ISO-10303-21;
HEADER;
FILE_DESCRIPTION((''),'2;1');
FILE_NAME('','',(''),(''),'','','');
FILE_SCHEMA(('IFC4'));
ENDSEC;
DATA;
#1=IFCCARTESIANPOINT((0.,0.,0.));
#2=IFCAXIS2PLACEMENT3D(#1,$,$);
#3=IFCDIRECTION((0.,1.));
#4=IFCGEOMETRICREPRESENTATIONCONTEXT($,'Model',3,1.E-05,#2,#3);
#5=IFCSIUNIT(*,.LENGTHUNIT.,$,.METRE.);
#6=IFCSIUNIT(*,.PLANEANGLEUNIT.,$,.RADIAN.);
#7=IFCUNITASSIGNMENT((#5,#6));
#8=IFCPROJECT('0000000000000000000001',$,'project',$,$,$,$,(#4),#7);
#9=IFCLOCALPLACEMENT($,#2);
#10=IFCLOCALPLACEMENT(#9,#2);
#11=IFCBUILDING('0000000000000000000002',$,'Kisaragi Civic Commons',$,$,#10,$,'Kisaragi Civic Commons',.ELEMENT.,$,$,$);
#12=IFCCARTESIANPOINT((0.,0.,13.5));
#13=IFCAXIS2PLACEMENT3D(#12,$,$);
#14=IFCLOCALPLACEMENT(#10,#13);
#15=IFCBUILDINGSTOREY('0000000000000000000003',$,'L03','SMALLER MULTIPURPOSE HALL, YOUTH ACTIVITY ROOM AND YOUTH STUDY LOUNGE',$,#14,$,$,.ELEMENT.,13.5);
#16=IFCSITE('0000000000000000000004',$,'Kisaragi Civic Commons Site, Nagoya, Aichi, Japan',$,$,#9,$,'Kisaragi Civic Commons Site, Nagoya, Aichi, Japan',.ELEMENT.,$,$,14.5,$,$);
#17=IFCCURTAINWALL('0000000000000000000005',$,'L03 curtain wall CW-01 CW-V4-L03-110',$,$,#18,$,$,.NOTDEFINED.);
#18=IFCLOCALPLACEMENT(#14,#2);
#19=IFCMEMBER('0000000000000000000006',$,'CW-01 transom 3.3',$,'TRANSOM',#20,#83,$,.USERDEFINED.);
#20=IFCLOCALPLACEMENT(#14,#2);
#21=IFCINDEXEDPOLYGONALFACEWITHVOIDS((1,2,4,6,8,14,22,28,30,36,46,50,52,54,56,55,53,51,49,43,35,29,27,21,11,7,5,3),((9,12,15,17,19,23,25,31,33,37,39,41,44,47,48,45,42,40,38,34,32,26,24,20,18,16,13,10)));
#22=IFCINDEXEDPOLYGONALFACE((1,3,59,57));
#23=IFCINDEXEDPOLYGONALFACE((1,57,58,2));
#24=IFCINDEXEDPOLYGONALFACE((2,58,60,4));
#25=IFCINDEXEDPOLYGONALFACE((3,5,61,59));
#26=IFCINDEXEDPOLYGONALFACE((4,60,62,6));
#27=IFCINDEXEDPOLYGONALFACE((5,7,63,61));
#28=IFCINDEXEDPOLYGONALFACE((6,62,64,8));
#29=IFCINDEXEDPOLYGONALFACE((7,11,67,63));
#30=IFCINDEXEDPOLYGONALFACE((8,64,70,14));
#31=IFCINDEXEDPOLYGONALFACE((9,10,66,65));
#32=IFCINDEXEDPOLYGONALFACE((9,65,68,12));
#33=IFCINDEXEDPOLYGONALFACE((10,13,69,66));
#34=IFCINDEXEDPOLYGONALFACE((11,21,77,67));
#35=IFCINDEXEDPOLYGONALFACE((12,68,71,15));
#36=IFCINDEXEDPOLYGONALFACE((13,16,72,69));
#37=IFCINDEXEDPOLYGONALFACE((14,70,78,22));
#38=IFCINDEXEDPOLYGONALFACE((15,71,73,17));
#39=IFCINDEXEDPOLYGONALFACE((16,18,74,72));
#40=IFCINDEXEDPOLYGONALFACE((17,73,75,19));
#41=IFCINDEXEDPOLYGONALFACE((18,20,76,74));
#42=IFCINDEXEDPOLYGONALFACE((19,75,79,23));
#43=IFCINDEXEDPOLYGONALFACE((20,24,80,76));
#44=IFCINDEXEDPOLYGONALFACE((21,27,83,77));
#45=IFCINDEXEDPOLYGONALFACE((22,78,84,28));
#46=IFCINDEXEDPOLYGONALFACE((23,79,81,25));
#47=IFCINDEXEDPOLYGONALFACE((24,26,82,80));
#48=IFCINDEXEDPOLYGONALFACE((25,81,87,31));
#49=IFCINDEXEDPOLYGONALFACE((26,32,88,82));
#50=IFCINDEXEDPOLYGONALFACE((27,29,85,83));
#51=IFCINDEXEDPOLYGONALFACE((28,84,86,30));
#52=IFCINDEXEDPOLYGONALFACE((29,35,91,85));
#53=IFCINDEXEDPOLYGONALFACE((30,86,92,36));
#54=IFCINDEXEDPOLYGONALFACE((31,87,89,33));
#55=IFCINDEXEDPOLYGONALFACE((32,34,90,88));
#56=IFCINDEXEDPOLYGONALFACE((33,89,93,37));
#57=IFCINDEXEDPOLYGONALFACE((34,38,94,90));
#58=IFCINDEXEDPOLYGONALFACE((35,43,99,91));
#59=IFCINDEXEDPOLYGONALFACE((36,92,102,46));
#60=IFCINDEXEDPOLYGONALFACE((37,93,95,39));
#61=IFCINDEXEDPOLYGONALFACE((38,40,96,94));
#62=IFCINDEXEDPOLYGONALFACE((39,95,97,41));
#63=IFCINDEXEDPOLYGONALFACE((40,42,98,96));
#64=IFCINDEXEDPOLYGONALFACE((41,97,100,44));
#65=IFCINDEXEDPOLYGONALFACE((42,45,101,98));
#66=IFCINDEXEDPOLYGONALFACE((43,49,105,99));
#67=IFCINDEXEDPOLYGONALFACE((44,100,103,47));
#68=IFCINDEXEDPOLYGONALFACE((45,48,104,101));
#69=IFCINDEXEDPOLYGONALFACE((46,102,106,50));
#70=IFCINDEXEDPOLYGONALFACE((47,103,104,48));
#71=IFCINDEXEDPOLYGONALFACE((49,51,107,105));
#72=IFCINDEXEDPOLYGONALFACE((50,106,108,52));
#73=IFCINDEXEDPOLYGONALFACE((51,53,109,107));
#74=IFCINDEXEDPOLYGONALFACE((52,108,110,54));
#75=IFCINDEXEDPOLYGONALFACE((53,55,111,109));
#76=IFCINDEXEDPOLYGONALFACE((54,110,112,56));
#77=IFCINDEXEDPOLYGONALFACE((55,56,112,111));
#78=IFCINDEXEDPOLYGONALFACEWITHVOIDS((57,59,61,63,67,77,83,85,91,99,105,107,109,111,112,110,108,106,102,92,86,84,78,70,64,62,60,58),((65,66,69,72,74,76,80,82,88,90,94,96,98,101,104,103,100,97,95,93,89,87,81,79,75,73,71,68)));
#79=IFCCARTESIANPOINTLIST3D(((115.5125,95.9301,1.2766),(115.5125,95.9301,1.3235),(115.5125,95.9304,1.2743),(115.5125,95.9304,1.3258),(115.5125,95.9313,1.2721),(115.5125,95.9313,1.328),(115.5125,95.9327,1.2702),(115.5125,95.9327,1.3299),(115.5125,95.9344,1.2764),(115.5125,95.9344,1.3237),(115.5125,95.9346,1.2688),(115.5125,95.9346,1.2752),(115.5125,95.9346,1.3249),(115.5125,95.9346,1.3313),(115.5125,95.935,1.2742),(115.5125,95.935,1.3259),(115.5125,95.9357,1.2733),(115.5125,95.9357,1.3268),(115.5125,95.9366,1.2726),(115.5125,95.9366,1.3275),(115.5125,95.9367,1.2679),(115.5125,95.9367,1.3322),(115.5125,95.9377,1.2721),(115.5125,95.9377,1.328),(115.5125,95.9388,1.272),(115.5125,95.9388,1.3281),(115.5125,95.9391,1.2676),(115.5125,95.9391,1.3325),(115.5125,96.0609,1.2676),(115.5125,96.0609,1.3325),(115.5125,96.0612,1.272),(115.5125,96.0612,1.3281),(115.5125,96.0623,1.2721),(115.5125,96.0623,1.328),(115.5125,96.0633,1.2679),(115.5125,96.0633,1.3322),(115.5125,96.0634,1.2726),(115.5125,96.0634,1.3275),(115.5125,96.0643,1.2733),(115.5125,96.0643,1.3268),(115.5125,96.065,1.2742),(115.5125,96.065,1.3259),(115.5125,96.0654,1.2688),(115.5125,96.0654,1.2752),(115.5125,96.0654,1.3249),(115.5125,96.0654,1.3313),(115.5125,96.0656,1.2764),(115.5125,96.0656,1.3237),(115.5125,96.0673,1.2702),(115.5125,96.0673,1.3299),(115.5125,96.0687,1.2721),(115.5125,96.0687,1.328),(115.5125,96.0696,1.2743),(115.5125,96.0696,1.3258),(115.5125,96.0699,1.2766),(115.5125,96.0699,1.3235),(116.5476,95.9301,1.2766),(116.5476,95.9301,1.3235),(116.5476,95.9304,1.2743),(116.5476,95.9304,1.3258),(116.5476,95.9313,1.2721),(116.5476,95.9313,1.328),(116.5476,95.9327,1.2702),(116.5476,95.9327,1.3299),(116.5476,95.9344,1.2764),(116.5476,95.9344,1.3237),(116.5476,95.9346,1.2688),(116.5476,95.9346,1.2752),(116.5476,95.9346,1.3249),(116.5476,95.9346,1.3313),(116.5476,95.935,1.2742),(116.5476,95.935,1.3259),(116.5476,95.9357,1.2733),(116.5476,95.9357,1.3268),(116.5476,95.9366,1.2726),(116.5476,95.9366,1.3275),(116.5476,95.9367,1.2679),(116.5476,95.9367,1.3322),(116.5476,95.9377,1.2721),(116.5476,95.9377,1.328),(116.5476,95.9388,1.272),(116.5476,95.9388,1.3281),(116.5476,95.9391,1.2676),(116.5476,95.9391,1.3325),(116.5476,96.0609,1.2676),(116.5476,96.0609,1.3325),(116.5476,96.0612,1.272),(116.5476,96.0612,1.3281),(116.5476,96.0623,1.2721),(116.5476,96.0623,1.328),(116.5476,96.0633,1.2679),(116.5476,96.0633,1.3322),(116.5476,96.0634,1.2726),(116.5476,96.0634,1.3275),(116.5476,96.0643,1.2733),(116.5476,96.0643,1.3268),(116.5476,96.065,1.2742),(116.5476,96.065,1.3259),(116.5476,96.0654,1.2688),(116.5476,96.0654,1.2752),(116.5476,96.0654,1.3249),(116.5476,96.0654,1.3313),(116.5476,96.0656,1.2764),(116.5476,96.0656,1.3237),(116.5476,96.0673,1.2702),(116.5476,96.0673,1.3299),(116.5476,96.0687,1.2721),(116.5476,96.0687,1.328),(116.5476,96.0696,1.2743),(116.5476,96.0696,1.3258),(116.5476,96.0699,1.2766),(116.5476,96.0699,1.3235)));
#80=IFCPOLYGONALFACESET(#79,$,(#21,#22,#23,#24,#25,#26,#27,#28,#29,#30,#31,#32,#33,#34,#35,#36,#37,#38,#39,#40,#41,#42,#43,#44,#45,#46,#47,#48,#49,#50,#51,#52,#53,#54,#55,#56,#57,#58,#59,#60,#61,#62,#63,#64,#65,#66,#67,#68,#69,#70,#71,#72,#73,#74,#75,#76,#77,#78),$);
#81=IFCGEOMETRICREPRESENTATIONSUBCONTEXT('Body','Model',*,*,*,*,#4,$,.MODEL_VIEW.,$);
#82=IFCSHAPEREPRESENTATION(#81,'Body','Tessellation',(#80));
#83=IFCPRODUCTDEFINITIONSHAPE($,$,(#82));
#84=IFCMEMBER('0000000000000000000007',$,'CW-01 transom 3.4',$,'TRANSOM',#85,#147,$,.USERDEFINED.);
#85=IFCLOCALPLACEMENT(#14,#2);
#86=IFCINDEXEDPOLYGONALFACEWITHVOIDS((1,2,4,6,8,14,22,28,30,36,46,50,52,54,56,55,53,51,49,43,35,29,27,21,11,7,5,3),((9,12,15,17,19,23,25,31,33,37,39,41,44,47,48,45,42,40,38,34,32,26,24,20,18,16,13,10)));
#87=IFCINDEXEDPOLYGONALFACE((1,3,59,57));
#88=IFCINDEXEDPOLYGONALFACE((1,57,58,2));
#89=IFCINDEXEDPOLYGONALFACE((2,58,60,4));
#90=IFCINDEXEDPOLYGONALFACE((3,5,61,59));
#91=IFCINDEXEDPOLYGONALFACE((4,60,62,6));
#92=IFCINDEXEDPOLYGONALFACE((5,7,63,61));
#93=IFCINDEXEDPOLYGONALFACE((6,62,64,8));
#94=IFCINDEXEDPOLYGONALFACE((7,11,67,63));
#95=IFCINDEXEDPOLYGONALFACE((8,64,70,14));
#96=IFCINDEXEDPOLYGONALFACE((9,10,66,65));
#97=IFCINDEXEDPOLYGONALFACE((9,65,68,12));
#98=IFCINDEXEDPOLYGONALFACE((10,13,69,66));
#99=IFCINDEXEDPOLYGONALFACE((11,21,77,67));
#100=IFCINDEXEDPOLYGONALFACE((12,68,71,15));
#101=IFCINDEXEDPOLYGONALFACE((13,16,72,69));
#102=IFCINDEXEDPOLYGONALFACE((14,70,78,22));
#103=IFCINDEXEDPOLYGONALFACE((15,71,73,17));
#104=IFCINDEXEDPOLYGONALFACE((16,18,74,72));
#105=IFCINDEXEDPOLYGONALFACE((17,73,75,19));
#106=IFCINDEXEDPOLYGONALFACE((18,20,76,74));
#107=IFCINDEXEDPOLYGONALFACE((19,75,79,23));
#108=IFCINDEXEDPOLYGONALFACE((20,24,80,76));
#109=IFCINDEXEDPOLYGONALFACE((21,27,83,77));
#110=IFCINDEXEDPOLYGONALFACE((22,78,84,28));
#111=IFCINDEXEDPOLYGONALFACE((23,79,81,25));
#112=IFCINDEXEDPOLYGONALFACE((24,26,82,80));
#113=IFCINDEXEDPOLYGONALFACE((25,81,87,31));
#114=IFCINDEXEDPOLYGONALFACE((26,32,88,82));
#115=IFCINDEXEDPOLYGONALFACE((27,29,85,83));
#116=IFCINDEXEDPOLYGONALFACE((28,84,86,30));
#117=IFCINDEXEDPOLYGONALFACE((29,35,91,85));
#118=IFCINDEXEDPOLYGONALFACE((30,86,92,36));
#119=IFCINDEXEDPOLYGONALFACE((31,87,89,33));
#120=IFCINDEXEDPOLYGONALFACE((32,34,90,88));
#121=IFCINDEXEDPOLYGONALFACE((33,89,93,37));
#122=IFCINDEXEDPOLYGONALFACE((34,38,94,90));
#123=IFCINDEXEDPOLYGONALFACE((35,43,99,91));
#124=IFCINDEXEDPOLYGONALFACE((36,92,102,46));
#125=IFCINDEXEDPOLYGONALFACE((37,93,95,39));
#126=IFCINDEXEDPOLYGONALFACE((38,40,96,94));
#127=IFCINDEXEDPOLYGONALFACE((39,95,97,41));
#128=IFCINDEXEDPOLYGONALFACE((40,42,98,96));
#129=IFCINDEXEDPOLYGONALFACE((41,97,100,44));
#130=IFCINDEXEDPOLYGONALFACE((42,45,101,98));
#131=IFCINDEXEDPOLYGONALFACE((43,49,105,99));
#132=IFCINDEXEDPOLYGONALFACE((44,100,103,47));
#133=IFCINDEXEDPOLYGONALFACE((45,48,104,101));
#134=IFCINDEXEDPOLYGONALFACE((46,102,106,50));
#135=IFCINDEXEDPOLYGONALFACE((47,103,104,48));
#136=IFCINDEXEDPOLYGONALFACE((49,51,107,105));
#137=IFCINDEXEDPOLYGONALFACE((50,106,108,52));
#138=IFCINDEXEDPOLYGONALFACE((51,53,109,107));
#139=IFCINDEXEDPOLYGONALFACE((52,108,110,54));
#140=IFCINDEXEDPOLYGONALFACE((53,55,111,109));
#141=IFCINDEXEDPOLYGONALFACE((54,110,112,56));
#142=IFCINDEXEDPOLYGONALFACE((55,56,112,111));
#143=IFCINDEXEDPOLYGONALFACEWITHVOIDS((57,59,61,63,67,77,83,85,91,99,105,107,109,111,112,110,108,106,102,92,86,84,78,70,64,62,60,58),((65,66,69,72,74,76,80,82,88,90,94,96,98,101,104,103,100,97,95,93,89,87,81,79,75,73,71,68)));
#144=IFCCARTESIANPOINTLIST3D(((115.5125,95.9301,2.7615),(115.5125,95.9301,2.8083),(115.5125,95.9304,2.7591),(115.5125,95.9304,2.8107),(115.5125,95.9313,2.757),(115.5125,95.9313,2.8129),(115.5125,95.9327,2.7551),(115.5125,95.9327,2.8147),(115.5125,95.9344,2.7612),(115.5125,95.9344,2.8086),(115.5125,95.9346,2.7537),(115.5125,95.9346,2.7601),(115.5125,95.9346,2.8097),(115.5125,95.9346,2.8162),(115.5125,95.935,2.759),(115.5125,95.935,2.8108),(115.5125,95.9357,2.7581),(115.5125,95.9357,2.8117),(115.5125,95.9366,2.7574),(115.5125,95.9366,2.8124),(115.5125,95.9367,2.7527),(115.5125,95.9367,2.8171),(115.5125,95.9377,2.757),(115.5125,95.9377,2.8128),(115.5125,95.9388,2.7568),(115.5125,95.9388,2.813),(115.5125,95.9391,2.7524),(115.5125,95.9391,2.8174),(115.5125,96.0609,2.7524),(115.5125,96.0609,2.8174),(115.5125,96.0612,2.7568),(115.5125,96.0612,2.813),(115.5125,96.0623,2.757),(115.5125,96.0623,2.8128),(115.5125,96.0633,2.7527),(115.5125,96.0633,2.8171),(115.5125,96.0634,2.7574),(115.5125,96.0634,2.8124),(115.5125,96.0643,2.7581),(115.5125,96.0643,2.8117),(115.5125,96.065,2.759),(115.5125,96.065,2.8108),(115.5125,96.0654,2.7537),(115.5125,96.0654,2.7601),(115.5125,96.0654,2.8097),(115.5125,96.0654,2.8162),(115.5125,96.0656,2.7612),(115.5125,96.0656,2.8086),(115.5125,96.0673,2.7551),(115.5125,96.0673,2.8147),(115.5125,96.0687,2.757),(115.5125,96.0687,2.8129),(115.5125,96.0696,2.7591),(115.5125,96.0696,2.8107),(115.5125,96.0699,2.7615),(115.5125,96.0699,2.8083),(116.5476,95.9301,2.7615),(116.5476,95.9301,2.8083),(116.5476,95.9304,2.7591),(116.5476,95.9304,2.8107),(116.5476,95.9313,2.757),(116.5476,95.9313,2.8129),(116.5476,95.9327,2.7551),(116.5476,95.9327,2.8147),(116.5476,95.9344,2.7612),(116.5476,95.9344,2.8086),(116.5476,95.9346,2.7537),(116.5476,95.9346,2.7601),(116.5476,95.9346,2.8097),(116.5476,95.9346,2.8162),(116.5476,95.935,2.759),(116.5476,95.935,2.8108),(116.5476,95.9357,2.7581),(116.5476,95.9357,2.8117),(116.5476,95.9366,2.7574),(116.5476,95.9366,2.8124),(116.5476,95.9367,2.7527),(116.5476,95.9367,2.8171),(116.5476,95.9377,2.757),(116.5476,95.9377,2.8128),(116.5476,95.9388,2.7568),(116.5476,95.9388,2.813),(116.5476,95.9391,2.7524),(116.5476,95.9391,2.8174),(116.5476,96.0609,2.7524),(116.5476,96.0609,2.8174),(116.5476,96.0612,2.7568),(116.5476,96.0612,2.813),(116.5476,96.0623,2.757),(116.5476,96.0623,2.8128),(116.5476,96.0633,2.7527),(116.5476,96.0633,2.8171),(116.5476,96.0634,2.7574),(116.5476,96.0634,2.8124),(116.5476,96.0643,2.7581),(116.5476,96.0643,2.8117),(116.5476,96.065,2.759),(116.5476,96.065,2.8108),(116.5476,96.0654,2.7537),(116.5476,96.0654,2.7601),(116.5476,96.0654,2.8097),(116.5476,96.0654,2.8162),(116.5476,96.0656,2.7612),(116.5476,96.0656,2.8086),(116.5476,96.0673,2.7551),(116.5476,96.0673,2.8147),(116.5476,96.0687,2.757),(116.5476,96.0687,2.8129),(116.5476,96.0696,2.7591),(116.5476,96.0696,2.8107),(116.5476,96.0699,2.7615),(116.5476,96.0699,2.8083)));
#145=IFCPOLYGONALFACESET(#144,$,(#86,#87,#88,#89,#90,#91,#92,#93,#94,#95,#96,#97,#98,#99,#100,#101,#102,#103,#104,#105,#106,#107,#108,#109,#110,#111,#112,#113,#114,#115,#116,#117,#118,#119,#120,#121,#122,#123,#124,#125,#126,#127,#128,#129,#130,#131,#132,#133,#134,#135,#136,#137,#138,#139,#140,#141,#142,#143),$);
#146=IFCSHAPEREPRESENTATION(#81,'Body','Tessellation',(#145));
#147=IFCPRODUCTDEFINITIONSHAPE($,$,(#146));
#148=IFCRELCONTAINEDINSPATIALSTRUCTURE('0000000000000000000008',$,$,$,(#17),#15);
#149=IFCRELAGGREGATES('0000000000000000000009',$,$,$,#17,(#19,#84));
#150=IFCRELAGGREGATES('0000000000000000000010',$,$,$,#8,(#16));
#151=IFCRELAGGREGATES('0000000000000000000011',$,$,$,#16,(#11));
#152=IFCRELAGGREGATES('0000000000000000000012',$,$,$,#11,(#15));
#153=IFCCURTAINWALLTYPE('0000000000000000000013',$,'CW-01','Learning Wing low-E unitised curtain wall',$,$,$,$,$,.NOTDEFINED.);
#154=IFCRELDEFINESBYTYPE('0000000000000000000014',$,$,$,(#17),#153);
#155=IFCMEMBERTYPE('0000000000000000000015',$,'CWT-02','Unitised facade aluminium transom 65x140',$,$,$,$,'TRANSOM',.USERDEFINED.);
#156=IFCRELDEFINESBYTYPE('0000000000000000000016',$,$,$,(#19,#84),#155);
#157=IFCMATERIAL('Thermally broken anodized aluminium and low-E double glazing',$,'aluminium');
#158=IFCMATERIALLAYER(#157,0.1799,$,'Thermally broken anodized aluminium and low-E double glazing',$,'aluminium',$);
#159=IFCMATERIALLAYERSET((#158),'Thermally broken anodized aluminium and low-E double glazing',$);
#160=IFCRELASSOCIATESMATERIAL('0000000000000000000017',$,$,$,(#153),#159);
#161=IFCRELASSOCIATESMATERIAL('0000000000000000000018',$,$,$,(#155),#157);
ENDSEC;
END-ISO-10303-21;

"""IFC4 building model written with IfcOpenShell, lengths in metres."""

from ifc_helpers import new_model, si_unit, direction, frame, origin, origin_2d, place, context, subcontext, project, spatial, hollow_rectangle, extrude, material, layer, layer_set, material_profile, profile_set, type_object, element, aggregate, save


model = new_model("IFC4")

# Units and contexts
model_context = context("Model", 3, precision=1e-05, world=origin(), true_north=direction((0.0, 1.0)))
body_context = subcontext(model_context, "Body", "Model", "MODEL_VIEW")
ifc_project = project(units=[si_unit("LENGTHUNIT", "METRE"), si_unit("PLANEANGLEUNIT", "RADIAN")], contexts=[model_context])

# Site, building, storey
site_placement = place(None, origin())
site = spatial("IfcSite", under=ifc_project, at=site_placement, Name="Kisaragi Civic Commons Site, Nagoya, Aichi, Japan", LongName="Kisaragi Civic Commons Site, Nagoya, Aichi, Japan", CompositionType="ELEMENT", RefElevation=14.5)
building_placement = place(site_placement, origin())
building = spatial("IfcBuilding", under=site, at=building_placement, Name="Kisaragi Civic Commons", LongName="Kisaragi Civic Commons", CompositionType="ELEMENT")
storey_placement = place(building_placement, frame((0.0, 0.0, 13.5)))
storey = spatial("IfcBuildingStorey", under=building, at=storey_placement, Name="L03", Description="SMALLER MULTIPURPOSE HALL, YOUTH ACTIVITY ROOM AND YOUTH STUDY LOUNGE", CompositionType="ELEMENT", Elevation=13.5)

# Curtain wall, members
ifc_material_1 = material(Name="Thermally broken anodized aluminium and low-E double glazing", Category="aluminium")
ifc_layer_1 = layer(ifc_material_1, 0.1799, Name="Thermally broken anodized aluminium and low-E double glazing", Category="aluminium")
ifc_layer_set_1 = layer_set([ifc_layer_1], Name="Thermally broken anodized aluminium and low-E double glazing")
curtain_wall_type = type_object("IfcCurtainWallType", Name="CW-01", Description="Learning Wing low-E unitised curtain wall", PredefinedType="NOTDEFINED", material=ifc_layer_set_1)
curtain_wall_placement = place(storey_placement, origin())
curtain_wall = element("IfcCurtainWall", 1, at=curtain_wall_placement, inside=storey, type_object=curtain_wall_type, Name="L03 curtain wall CW-01 CW-V4-L03-110", PredefinedType="NOTDEFINED")
ifc_material_profile_1 = material_profile(ifc_material_1, hollow_rectangle(XDim=0.1399, YDim=0.0649, WallThickness=0.0044, InnerFilletRadius=0.0044, OuterFilletRadius=0.009, at=origin_2d()), Name="CWT-65x140x4.5", Category="aluminium")
ifc_profile_set_1 = profile_set([ifc_material_profile_1], Name="Thermally broken anodized aluminium and low-E double glazing")
member_type_1 = type_object("IfcMemberType", Name="CWT-02", Description="Unitised facade aluminium transom 65x140", ElementType="TRANSOM", PredefinedType="USERDEFINED", material=ifc_profile_set_1)
member_1_placement = place(storey_placement, frame((116.5476, 96.0, 1.3), z_axis=(-1.0, 0.0, 0.0), x_axis=(0.0, -1.0, 0.0)))
member_1 = element("IfcMember", 2, at=member_1_placement, type_object=member_type_1, Name="CW-01 transom 3.3", ObjectType="TRANSOM", PredefinedType="USERDEFINED", context=body_context, shape_type="SweptSolid", body=[
    extrude(hollow_rectangle(XDim=0.1399, YDim=0.0649, WallThickness=0.0044, InnerFilletRadius=0.0044, OuterFilletRadius=0.009, at=origin_2d()), origin(), (0.0, 0.0, 1.0), 1.0352),
])
member_2_placement = place(storey_placement, frame((116.5476, 96.0, 2.7849), z_axis=(-1.0, 0.0, 0.0), x_axis=(0.0, -1.0, 0.0)))
member_2 = element("IfcMember", 3, at=member_2_placement, type_object=member_type_1, Name="CW-01 transom 3.4", ObjectType="TRANSOM", PredefinedType="USERDEFINED", context=body_context, shape_type="SweptSolid", body=[
    extrude(hollow_rectangle(XDim=0.1399, YDim=0.0649, WallThickness=0.0044, InnerFilletRadius=0.0044, OuterFilletRadius=0.009, at=origin_2d()), origin(), (0.0, 0.0, 1.0), 1.0352),
])
aggregate(curtain_wall, [member_1, member_2])

save(model, "model.ifc")
